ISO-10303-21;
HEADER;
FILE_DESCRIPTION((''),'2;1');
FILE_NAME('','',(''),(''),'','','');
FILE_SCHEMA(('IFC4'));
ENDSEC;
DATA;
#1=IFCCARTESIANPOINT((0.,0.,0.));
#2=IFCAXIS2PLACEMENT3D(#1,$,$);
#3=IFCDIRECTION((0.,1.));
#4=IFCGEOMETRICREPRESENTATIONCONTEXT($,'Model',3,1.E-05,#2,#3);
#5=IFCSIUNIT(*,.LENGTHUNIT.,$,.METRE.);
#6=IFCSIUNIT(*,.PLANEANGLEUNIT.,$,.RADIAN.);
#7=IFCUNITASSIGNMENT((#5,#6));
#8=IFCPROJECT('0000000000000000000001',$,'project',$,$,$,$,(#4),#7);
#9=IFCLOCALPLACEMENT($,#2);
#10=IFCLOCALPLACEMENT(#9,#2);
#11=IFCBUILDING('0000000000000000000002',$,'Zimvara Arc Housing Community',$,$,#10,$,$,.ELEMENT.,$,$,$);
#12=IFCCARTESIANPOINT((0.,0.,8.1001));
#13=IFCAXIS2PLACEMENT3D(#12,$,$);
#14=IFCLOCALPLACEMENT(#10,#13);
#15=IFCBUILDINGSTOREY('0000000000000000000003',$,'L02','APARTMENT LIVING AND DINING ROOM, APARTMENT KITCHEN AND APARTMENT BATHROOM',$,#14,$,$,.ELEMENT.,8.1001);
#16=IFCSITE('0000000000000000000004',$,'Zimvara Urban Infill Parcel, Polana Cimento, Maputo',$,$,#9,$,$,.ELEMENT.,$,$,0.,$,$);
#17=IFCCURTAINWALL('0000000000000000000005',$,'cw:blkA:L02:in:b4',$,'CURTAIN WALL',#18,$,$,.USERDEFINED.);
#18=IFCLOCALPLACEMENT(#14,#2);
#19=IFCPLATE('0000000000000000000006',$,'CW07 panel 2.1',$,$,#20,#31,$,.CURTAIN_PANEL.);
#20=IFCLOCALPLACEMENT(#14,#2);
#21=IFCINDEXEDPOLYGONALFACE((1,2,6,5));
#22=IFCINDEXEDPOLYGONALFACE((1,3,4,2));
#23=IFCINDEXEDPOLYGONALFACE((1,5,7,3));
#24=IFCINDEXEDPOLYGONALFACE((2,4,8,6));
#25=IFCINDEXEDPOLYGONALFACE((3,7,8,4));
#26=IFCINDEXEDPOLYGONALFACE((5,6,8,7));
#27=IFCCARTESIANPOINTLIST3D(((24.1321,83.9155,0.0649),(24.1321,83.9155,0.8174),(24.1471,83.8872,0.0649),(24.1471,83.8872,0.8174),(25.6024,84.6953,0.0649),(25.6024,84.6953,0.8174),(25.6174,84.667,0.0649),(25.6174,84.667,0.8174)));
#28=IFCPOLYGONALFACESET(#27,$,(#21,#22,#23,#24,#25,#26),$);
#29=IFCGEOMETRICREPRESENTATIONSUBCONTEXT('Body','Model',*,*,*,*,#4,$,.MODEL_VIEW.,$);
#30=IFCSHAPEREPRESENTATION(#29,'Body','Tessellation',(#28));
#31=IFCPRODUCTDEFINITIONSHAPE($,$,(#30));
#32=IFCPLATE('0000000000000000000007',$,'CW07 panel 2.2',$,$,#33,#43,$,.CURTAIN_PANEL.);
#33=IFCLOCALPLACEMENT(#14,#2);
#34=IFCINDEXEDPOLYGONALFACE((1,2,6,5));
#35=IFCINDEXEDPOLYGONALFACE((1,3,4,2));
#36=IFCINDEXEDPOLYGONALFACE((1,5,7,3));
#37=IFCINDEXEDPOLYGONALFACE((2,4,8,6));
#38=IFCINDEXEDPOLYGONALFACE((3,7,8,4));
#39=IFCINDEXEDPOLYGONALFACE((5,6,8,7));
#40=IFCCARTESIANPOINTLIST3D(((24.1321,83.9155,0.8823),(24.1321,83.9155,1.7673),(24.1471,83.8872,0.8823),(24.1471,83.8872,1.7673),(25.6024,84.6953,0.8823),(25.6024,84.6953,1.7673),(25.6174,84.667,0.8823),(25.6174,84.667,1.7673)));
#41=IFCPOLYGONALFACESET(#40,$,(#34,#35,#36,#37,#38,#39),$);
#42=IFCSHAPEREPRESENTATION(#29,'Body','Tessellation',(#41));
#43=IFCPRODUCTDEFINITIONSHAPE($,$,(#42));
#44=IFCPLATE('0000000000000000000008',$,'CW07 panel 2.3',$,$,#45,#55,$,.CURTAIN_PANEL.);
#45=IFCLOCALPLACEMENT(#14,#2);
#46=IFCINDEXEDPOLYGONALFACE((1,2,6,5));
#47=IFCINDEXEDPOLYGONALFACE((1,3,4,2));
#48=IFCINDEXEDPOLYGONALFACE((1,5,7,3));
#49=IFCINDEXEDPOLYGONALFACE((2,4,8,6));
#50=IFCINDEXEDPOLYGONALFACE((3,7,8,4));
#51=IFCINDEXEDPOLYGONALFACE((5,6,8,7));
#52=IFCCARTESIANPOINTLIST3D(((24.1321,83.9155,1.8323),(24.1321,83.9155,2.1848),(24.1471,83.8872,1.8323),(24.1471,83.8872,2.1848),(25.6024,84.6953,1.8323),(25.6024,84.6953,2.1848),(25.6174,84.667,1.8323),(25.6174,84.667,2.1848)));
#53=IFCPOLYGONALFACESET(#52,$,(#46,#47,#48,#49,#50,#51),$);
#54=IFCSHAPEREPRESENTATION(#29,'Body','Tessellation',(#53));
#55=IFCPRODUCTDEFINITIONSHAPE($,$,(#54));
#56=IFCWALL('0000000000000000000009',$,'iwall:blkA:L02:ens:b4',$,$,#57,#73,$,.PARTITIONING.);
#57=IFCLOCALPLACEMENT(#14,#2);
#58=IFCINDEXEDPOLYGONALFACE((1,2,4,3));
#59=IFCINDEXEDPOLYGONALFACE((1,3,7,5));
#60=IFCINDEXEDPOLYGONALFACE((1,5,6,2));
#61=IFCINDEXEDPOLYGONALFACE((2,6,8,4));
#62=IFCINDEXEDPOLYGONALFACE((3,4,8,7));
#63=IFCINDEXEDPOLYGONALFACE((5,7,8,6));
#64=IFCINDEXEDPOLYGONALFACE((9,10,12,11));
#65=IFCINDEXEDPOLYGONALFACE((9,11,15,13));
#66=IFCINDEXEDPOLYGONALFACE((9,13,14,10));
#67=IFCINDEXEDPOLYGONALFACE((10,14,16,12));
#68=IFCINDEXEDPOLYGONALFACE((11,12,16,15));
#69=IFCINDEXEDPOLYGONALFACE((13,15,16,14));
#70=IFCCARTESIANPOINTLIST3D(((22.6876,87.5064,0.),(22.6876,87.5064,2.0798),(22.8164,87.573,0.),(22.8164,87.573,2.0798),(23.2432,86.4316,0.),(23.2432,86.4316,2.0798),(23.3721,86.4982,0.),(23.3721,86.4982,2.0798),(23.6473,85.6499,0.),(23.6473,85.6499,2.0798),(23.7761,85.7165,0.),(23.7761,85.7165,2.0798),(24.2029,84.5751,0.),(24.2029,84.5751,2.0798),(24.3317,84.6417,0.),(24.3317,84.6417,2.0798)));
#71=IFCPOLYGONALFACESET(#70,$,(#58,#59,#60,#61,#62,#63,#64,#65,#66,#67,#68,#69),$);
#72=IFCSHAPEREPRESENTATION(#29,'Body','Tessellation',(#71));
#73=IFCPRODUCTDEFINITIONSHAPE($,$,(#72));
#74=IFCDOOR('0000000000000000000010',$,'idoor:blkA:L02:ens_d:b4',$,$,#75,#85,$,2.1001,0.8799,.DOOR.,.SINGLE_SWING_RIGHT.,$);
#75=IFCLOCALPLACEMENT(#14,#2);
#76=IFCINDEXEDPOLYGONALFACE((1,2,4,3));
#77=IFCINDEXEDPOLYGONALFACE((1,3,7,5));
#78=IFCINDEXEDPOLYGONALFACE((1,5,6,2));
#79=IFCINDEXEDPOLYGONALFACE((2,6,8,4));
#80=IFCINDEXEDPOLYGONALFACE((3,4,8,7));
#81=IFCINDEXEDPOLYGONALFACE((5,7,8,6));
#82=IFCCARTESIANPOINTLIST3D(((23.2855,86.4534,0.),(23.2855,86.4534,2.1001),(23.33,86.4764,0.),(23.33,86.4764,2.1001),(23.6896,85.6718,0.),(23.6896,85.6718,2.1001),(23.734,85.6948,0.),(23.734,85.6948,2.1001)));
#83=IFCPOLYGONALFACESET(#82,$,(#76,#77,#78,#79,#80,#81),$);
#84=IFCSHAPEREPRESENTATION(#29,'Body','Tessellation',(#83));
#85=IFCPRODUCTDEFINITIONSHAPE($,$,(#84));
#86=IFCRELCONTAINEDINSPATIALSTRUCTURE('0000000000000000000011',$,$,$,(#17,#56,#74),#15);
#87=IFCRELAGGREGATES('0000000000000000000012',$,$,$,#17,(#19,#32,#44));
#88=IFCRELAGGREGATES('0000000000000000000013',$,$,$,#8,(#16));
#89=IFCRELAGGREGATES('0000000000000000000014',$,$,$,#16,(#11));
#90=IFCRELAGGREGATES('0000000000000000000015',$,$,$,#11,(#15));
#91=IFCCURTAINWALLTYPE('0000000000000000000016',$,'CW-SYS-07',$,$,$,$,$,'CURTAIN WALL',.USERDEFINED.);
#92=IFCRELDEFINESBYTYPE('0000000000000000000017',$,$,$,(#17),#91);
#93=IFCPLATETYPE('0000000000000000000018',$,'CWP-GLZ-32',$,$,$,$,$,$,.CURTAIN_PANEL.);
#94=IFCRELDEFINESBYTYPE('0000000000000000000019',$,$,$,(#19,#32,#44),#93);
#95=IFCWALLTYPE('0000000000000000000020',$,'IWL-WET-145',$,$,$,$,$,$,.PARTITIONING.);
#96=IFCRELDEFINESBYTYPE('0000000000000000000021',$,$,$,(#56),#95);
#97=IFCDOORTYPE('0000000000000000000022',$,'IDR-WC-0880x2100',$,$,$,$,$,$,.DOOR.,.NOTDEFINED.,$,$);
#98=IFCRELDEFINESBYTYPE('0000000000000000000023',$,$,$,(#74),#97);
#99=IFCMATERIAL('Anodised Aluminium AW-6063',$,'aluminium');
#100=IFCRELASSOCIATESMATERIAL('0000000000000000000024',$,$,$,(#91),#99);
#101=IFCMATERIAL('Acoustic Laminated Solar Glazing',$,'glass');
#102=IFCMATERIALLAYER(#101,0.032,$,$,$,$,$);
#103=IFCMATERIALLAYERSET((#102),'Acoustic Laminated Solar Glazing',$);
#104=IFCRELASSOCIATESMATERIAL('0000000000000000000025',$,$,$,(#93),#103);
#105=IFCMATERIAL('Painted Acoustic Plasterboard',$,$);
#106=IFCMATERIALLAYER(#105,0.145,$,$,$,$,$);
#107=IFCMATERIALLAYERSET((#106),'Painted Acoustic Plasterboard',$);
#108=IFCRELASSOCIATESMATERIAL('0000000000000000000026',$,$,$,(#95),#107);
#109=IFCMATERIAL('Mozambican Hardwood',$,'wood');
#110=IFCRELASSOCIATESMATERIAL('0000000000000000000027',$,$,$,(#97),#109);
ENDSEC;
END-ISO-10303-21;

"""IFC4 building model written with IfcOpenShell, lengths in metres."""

from ifc_helpers import new_model, si_unit, direction, frame, frame_2d, origin, origin_2d, place, context, subcontext, project, spatial, rectangle, extrude, material, layer, layer_set, type_object, element, fill, aggregate, save


model = new_model("IFC4")

# Units and contexts
model_context = context("Model", 3, precision=1e-05, world=origin(), true_north=direction((0.0, 1.0)))
body_context = subcontext(model_context, "Body", "Model", "MODEL_VIEW")
ifc_project = project(units=[si_unit("LENGTHUNIT", "METRE"), si_unit("PLANEANGLEUNIT", "RADIAN")], contexts=[model_context])

# Site, building, storey
site_placement = place(None, origin())
site = spatial("IfcSite", under=ifc_project, at=site_placement, Name="Zimvara Urban Infill Parcel, Polana Cimento, Maputo", CompositionType="ELEMENT", RefElevation=0.0)
building_placement = place(site_placement, origin())
building = spatial("IfcBuilding", under=site, at=building_placement, Name="Zimvara Arc Housing Community", CompositionType="ELEMENT")
storey_placement = place(building_placement, frame((0.0, 0.0, 8.1001)))
storey = spatial("IfcBuildingStorey", under=building, at=storey_placement, Name="L02", Description="APARTMENT LIVING AND DINING ROOM, APARTMENT KITCHEN AND APARTMENT BATHROOM", CompositionType="ELEMENT", Elevation=8.1001)

# Curtain wall
ifc_material_1 = material(Name="Anodised Aluminium AW-6063", Category="aluminium")
curtain_wall_type_1 = type_object("IfcCurtainWallType", Name="CW-SYS-07", ElementType="CURTAIN WALL", PredefinedType="USERDEFINED", material=ifc_material_1)
curtain_wall_1_placement = place(storey_placement, origin())
curtain_wall_1 = element("IfcCurtainWall", 1, at=curtain_wall_1_placement, inside=storey, type_object=curtain_wall_type_1, Name="cw:blkA:L02:in:b4", ObjectType="CURTAIN WALL", PredefinedType="USERDEFINED")

# Plates
ifc_material_2 = material(Name="Acoustic Laminated Solar Glazing", Category="glass")
ifc_layer_1 = layer(ifc_material_2, 0.032)
ifc_layer_set_1 = layer_set([ifc_layer_1], Name="Acoustic Laminated Solar Glazing")
plate_type_1 = type_object("IfcPlateType", Name="CWP-GLZ-32", PredefinedType="CURTAIN_PANEL", material=ifc_layer_set_1)
plate_1_placement = place(storey_placement, frame((24.8748, 84.2913, 0.0649), z_axis=(0.0, 0.0, 1.0), x_axis=(0.88344, 0.468545, 0.0)))
plate_1 = element("IfcPlate", 2, at=plate_1_placement, type_object=plate_type_1, Name="CW07 panel 2.1", PredefinedType="CURTAIN_PANEL", context=body_context, shape_type="SweptSolid", body=[
    extrude(rectangle(XDim=1.6643, YDim=0.032, at=origin_2d()), origin(), (0.0, 0.0, 1.0), 0.7524),
])
plate_2_placement = place(storey_placement, frame((24.8748, 84.2913, 0.8823), z_axis=(0.0, 0.0, 1.0), x_axis=(0.88344, 0.468545, 0.0)))
plate_2 = element("IfcPlate", 3, at=plate_2_placement, type_object=plate_type_1, Name="CW07 panel 2.2", PredefinedType="CURTAIN_PANEL", context=body_context, shape_type="SweptSolid", body=[
    extrude(rectangle(XDim=1.6643, YDim=0.032, at=origin_2d()), origin(), (0.0, 0.0, 1.0), 0.885),
])
plate_3_placement = place(storey_placement, frame((24.8748, 84.2913, 1.8323), z_axis=(0.0, 0.0, 1.0), x_axis=(0.88344, 0.468545, 0.0)))
plate_3 = element("IfcPlate", 4, at=plate_3_placement, type_object=plate_type_1, Name="CW07 panel 2.3", PredefinedType="CURTAIN_PANEL", context=body_context, shape_type="SweptSolid", body=[
    extrude(rectangle(XDim=1.6643, YDim=0.032, at=origin_2d()), origin(), (0.0, 0.0, 1.0), 0.3525),
])
aggregate(curtain_wall_1, [plate_1, plate_2, plate_3])

# Wall, opening, door
ifc_material_3 = material(Name="Painted Acoustic Plasterboard")
ifc_layer_2 = layer(ifc_material_3, 0.145)
ifc_layer_set_2 = layer_set([ifc_layer_2], Name="Painted Acoustic Plasterboard")
wall_type = type_object("IfcWallType", Name="IWL-WET-145", PredefinedType="PARTITIONING", material=ifc_layer_set_2)
wall_placement = place(storey_placement, frame((24.2673, 84.6084, 0.0), z_axis=(0.0, 0.0, 1.0), x_axis=(-0.459218, 0.888324, 0.0)))
wall = element("IfcWall", 5, at=wall_placement, inside=storey, type_object=wall_type, Name="iwall:blkA:L02:ens:b4", PredefinedType="PARTITIONING", context=body_context, shape_type="SweptSolid", body=[
    extrude(rectangle(XDim=3.2998, YDim=0.145, at=frame_2d((1.6499, 0.0))), origin(), (0.0, 0.0, 1.0), 2.0798),
])
opening_placement = place(wall_placement, frame((1.21, 0.0, 0.0)))
opening = element("IfcOpeningElement", 6, at=opening_placement, cuts=wall, PredefinedType="OPENING", context=body_context, shape_type="SweptSolid", body=[
    extrude(rectangle(XDim=0.8799, YDim=2.1001, at=frame_2d((0.4399, 1.05))), frame((0.0, 0.0825, 0.0), z_axis=(0.0, -1.0, 0.0), x_axis=(1.0, 0.0, 0.0)), (0.0, 0.0, 1.0), 0.165),
])
ifc_material_4 = material(Name="Mozambican Hardwood", Category="wood")
door_type = type_object("IfcDoorType", Name="IDR-WC-0880x2100", OperationType="NOTDEFINED", PredefinedType="DOOR", material=ifc_material_4)
door_placement = place(opening_placement, origin())
door = element("IfcDoor", 7, at=door_placement, inside=storey, type_object=door_type, Name="idoor:blkA:L02:ens_d:b4", OperationType="SINGLE_SWING_RIGHT", OverallHeight=2.1001, OverallWidth=0.8799, PredefinedType="DOOR", context=body_context, shape_type="SweptSolid", body=[
    extrude(rectangle(XDim=0.8799, YDim=2.1001, at=frame_2d((0.4399, 1.05))), frame((0.0, 0.0249, 0.0), z_axis=(0.0, -1.0, 0.0), x_axis=(1.0, 0.0, 0.0)), (0.0, 0.0, 1.0), 0.05),
])
fill(opening, door)

save(model, "model.ifc")
